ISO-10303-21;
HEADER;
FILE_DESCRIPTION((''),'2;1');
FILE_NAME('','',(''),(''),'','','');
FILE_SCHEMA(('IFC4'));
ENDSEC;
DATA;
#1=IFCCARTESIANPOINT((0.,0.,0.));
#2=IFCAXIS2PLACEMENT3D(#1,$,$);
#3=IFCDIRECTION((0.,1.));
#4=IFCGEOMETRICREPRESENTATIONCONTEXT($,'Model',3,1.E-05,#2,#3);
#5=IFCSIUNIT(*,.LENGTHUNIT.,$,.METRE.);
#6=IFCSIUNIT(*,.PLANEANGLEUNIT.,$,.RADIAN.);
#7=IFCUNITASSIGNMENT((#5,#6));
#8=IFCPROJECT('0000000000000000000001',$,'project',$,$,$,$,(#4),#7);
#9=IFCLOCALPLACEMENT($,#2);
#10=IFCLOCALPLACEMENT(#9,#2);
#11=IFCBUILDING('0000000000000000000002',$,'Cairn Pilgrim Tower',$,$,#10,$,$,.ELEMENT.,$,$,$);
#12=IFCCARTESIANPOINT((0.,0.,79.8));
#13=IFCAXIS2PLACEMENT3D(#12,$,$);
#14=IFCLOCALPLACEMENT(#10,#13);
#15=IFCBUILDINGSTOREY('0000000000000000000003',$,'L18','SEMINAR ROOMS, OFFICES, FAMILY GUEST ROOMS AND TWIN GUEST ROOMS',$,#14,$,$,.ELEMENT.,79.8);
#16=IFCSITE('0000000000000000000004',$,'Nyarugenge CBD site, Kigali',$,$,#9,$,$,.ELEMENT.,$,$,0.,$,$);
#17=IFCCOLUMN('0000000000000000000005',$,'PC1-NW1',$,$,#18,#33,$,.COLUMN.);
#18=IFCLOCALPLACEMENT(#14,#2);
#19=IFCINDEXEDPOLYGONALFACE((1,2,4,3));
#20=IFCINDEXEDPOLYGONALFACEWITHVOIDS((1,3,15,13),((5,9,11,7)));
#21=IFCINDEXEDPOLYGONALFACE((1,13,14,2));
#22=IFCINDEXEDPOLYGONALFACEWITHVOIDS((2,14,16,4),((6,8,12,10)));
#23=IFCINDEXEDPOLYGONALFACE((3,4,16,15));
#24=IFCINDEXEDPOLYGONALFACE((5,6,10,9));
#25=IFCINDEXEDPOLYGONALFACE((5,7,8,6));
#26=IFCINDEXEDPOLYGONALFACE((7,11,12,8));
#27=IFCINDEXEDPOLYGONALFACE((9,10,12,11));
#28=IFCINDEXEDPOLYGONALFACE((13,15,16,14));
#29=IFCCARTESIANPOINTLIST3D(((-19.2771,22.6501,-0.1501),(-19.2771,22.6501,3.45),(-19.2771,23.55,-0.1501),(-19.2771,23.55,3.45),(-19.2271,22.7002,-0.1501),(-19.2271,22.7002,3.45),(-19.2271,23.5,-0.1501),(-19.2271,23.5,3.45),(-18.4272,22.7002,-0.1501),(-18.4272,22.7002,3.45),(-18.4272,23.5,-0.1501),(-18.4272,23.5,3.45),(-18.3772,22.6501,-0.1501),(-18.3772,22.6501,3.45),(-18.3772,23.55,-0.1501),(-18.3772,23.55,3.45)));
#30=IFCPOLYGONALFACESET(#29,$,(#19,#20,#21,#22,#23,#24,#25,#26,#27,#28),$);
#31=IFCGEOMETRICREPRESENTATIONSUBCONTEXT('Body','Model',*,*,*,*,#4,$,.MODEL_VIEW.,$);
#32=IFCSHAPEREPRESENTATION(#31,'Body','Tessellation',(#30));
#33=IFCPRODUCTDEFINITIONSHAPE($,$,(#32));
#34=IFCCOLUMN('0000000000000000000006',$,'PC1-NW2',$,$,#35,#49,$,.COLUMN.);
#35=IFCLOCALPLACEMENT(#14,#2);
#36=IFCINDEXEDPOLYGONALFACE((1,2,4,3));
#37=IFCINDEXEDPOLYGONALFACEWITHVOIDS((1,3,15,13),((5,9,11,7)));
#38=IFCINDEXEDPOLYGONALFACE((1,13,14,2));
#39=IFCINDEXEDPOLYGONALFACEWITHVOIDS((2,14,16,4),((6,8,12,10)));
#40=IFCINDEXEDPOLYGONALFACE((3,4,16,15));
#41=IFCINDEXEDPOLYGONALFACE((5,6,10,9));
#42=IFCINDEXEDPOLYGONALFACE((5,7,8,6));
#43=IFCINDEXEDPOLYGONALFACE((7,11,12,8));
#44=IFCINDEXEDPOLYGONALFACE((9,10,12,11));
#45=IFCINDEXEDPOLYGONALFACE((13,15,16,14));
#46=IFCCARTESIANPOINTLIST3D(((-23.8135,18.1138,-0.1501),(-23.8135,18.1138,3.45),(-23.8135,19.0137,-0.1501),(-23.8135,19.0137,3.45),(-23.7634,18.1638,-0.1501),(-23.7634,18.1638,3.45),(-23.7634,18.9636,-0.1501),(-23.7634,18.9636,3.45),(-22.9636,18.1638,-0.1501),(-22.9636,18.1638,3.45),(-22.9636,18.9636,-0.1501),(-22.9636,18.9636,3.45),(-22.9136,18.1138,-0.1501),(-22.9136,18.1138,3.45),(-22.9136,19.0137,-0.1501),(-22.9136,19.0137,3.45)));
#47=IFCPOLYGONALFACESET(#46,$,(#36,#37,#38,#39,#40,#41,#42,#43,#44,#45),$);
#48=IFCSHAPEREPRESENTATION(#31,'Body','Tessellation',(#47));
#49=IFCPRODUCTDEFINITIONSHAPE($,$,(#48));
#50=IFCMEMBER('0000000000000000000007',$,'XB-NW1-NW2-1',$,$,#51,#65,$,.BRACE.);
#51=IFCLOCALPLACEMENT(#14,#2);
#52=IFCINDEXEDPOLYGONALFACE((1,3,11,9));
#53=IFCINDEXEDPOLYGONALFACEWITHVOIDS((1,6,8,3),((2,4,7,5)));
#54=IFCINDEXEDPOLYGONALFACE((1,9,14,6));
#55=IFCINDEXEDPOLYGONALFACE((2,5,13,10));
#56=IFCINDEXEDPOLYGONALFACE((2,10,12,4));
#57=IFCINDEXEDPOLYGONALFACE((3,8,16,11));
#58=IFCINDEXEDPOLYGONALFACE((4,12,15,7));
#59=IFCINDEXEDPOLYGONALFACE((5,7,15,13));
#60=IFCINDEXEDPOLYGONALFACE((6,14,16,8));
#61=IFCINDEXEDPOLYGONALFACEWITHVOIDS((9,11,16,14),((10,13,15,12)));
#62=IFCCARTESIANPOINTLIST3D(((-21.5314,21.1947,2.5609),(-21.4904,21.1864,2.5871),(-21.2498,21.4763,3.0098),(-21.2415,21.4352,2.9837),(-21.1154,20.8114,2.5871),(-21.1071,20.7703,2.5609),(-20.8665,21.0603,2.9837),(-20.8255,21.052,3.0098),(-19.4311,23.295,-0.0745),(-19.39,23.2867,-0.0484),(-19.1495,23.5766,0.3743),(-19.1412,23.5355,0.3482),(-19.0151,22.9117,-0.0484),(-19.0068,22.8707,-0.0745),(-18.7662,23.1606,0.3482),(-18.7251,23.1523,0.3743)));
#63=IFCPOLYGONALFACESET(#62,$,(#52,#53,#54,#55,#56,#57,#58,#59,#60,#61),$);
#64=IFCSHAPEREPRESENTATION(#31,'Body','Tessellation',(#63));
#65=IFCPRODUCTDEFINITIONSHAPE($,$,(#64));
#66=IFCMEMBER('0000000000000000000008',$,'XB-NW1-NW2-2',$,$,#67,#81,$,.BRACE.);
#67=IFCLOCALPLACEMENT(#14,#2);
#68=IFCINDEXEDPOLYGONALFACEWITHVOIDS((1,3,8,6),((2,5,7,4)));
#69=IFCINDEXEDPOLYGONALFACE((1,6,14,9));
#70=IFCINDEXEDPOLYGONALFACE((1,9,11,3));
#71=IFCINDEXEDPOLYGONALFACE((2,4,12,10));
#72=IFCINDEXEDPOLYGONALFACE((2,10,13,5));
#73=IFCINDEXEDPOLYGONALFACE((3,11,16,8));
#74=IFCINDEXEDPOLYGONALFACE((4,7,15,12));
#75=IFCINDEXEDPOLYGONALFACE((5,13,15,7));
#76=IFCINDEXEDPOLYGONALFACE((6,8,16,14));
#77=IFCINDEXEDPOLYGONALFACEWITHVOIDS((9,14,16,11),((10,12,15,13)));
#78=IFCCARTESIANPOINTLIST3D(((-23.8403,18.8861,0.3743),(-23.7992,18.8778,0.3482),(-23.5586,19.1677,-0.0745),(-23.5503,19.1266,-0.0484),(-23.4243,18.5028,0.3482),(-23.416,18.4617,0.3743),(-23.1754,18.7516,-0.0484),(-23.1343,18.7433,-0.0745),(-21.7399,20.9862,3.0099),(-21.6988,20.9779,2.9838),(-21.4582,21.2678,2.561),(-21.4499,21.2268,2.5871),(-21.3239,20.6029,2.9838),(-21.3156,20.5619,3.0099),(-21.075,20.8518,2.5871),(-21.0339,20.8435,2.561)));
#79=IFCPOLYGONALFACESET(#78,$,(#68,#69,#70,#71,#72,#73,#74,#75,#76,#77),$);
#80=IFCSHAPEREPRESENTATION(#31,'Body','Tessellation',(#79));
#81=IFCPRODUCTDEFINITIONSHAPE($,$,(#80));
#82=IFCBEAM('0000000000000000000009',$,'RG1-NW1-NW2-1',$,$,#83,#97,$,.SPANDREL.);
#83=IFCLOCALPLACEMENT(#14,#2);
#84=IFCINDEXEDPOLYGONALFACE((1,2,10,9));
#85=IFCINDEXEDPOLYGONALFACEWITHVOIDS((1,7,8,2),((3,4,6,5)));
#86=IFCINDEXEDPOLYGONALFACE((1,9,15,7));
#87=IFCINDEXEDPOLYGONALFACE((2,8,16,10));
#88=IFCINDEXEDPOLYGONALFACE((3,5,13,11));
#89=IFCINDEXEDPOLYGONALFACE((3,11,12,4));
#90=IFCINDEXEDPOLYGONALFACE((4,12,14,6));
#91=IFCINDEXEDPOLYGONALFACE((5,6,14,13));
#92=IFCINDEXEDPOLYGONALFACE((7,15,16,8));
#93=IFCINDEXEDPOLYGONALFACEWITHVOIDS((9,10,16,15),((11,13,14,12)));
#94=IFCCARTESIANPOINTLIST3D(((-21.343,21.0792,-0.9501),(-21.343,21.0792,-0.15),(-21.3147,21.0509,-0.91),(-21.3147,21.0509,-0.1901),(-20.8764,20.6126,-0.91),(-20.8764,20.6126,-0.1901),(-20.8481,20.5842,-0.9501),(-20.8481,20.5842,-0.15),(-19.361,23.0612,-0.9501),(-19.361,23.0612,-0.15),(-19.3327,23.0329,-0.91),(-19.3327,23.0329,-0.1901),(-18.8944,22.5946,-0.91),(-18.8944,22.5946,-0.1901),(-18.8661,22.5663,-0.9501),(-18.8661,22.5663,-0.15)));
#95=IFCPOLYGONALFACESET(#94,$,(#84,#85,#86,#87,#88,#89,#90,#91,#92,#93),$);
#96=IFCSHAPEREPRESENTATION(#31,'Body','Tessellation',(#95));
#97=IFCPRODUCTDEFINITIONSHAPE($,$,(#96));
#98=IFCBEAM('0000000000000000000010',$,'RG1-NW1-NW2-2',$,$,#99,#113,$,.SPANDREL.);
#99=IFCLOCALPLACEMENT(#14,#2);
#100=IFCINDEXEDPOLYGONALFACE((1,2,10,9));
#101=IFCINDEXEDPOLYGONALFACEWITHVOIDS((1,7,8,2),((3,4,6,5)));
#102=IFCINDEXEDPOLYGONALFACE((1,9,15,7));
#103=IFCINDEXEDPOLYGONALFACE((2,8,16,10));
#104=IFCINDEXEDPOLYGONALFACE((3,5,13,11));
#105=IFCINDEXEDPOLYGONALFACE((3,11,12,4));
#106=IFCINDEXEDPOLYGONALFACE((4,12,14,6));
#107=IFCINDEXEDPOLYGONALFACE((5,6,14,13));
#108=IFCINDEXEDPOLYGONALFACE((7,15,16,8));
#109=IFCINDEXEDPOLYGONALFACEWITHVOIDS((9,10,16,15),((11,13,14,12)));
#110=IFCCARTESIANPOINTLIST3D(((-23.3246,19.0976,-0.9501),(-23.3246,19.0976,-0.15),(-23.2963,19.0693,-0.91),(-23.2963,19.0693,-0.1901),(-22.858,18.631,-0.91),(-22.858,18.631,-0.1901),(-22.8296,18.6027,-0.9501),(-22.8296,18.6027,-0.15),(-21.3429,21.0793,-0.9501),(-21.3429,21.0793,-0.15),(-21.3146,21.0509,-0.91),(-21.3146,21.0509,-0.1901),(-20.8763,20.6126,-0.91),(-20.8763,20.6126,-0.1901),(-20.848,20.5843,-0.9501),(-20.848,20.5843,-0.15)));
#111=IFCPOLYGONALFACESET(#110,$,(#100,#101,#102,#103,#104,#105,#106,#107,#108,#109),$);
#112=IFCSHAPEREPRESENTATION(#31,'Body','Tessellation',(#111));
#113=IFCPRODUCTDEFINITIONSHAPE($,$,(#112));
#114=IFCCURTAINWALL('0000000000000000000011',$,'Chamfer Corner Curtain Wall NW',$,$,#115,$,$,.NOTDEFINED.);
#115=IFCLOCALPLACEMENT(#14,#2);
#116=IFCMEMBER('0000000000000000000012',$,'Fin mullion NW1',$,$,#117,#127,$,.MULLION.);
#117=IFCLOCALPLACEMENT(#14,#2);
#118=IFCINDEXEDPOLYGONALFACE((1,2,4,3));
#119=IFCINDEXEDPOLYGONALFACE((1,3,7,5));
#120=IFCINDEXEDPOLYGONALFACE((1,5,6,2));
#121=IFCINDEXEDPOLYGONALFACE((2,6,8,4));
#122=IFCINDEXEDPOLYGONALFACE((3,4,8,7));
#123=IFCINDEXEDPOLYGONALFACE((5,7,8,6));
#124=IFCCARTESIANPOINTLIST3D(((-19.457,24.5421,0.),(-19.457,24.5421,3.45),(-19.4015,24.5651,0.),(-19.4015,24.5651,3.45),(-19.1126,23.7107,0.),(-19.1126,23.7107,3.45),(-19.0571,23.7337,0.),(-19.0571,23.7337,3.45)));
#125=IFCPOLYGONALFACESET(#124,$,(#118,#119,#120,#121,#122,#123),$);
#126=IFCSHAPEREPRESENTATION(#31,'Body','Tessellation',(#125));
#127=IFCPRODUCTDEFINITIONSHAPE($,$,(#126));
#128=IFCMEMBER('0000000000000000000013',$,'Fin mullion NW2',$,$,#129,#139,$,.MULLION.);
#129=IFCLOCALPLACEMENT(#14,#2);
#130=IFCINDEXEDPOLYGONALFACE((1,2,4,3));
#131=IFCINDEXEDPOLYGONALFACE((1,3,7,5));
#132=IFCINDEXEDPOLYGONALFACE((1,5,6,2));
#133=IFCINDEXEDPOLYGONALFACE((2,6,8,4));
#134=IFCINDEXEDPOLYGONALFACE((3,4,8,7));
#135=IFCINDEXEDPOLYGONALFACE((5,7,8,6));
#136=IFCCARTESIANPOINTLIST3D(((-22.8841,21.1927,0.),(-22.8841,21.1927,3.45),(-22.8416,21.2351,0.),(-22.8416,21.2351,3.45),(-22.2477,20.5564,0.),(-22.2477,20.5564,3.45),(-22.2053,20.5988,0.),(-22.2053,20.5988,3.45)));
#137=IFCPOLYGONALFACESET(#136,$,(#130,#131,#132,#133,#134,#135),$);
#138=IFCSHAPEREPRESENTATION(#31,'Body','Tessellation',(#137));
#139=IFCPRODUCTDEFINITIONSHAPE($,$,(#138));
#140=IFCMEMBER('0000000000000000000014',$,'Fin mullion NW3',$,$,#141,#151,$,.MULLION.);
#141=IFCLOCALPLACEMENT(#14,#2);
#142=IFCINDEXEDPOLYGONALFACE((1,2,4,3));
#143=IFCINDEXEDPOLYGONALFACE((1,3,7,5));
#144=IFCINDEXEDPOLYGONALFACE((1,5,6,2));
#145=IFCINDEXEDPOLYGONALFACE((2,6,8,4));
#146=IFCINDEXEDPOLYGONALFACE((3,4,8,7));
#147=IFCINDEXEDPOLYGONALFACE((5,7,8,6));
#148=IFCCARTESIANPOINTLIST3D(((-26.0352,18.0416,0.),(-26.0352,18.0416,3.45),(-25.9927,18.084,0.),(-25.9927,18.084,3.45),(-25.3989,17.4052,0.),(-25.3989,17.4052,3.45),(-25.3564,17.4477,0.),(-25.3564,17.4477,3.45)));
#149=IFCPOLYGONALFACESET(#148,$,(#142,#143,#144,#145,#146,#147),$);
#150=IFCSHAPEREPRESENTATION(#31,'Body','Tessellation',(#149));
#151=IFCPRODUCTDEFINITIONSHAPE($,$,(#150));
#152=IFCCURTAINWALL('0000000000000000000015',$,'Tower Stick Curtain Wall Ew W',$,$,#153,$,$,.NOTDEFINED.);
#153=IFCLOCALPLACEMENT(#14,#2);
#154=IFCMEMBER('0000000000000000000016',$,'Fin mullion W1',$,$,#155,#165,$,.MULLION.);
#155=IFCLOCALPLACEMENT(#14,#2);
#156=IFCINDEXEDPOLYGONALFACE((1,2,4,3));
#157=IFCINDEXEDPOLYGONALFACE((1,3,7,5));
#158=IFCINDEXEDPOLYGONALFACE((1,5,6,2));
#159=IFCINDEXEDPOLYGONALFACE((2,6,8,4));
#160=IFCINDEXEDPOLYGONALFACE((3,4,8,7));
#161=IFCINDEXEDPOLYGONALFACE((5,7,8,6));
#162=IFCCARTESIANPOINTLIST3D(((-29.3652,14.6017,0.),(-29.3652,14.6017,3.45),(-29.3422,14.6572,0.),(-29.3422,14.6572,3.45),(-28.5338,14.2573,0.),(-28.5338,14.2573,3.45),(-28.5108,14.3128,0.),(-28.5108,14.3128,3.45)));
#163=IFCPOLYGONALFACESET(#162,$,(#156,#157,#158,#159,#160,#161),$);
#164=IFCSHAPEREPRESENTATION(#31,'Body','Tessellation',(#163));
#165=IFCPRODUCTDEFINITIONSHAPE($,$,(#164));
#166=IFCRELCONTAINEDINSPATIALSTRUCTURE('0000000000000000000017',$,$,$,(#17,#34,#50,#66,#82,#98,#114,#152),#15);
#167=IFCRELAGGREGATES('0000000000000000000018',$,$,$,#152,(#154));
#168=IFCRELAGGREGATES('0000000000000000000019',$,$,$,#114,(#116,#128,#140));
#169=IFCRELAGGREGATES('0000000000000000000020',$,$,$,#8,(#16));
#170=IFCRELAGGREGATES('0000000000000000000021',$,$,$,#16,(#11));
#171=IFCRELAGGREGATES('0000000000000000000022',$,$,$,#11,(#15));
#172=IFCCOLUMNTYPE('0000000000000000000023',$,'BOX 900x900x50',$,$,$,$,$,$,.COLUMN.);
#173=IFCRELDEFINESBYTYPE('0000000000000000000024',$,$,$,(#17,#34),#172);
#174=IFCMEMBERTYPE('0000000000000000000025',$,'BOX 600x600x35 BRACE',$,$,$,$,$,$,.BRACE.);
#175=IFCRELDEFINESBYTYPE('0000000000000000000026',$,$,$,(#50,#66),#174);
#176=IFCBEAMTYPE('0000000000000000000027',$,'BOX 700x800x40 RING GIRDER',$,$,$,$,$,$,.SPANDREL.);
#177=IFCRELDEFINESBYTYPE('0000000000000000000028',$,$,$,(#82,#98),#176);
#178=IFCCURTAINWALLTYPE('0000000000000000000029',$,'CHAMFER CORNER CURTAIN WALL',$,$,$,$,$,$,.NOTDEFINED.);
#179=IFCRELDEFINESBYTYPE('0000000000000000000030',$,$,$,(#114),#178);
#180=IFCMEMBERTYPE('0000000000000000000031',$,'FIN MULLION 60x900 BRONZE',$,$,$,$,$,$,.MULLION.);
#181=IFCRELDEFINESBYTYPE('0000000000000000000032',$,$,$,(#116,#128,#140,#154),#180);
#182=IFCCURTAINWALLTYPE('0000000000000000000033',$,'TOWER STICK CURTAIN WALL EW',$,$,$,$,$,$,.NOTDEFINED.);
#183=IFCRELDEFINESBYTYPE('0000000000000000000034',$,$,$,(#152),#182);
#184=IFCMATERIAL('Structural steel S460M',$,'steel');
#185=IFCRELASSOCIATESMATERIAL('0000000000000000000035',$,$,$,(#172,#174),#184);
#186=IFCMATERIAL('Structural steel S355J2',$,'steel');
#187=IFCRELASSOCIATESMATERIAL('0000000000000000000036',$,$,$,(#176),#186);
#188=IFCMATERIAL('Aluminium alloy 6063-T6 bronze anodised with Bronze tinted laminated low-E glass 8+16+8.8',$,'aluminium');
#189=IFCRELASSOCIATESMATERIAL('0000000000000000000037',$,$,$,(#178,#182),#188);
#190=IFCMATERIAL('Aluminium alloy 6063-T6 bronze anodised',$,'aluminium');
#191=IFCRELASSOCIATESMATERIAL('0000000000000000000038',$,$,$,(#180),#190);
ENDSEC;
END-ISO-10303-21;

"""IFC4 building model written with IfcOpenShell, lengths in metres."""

from ifc_helpers import new_model, si_unit, direction, frame, origin, origin_2d, place, context, subcontext, project, spatial, rectangle, hollow_rectangle, extrude, material, material_profile, profile_set, type_object, element, aggregate, save


model = new_model("IFC4")

# Units and contexts
model_context = context("Model", 3, precision=1e-05, world=origin(), true_north=direction((0.0, 1.0)))
body_context = subcontext(model_context, "Body", "Model", "MODEL_VIEW")
ifc_project = project(units=[si_unit("LENGTHUNIT", "METRE"), si_unit("PLANEANGLEUNIT", "RADIAN")], contexts=[model_context])

# Site, building, storey
site_placement = place(None, origin())
site = spatial("IfcSite", under=ifc_project, at=site_placement, Name="Nyarugenge CBD site, Kigali", CompositionType="ELEMENT", RefElevation=0.0)
building_placement = place(site_placement, origin())
building = spatial("IfcBuilding", under=site, at=building_placement, Name="Cairn Pilgrim Tower", CompositionType="ELEMENT")
storey_placement = place(building_placement, frame((0.0, 0.0, 79.8)))
storey = spatial("IfcBuildingStorey", under=building, at=storey_placement, Name="L18", Description="SEMINAR ROOMS, OFFICES, FAMILY GUEST ROOMS AND TWIN GUEST ROOMS", CompositionType="ELEMENT", Elevation=79.8)

# Columns
ifc_material_1 = material(Name="Structural steel S460M", Category="steel")
ifc_material_profile_1 = material_profile(ifc_material_1, hollow_rectangle(XDim=0.8999, YDim=0.8999, WallThickness=0.05, at=origin_2d()), Name="BOX 900x900x50")
ifc_profile_set_1 = profile_set([ifc_material_profile_1], Name="Structural steel S460M")
column_type = type_object("IfcColumnType", Name="BOX 900x900x50", PredefinedType="COLUMN", material=ifc_profile_set_1)
for number, where, z_axis, x_axis, name in (
    (1, (-18.8271, 23.1001, -0.1501), (0.0, 0.0, 1.0), (1.0, 0.0, 0.0), "PC1-NW1"),
    (2, (-23.3635, 18.5637, -0.1501), (0.0, 0.0, 1.0), (1.0, 0.0, 0.0), "PC1-NW2"),
):
    element("IfcColumn", number, at=place(storey_placement, frame(where, z_axis=z_axis, x_axis=x_axis)), inside=storey, type_object=column_type, Name=name, PredefinedType="COLUMN", context=body_context, shape_type="SweptSolid", body=[
        extrude(hollow_rectangle(XDim=0.8999, YDim=0.8999, WallThickness=0.05, at=origin_2d()), origin(), (0.0, 0.0, 1.0), 3.6001),
    ])

# Members
ifc_material_profile_2 = material_profile(ifc_material_1, hollow_rectangle(XDim=0.6001, YDim=0.6001, WallThickness=0.0349, at=origin_2d()), Name="BOX 600x600x35")
ifc_profile_set_2 = profile_set([ifc_material_profile_2], Name="Structural steel S460M")
member_type_1 = type_object("IfcMemberType", Name="BOX 600x600x35 BRACE", PredefinedType="BRACE", material=ifc_profile_set_2)
for number, where, z_axis, x_axis, name in (
    (3, (-19.0781, 23.2236, 0.1499), (-0.528922, -0.528922, 0.663689), (0.707107, -0.707107, 0.0), "XB-NW1-NW2-1"),
    (4, (-23.4873, 18.8147, 0.1499), (0.528939, 0.528878, 0.66371), (-0.707066, 0.707148, 0.0), "XB-NW1-NW2-2"),
):
    element("IfcMember", number, at=place(storey_placement, frame(where, z_axis=z_axis, x_axis=x_axis)), inside=storey, type_object=member_type_1, Name=name, PredefinedType="BRACE", context=body_context, shape_type="SweptSolid", body=[
        extrude(hollow_rectangle(XDim=0.6001, YDim=0.6001, WallThickness=0.0349, at=origin_2d()), origin(), (0.0, 0.0, 1.0), 3.9709),
    ])

# Beams
ifc_material_2 = material(Name="Structural steel S355J2", Category="steel")
ifc_material_profile_3 = material_profile(ifc_material_2, hollow_rectangle(XDim=0.7, YDim=0.8, WallThickness=0.04, at=origin_2d()), Name="BOX 700x800x40")
ifc_profile_set_3 = profile_set([ifc_material_profile_3], Name="Structural steel S355J2")
beam_type_1 = type_object("IfcBeamType", Name="BOX 700x800x40 RING GIRDER", PredefinedType="SPANDREL", material=ifc_profile_set_3)
beam_1_placement = place(storey_placement, frame((-19.1135, 22.8137, -0.55), z_axis=(-0.707107, -0.707107, 0.0), x_axis=(0.707107, -0.707107, 0.0)))
element("IfcBeam", 5, at=beam_1_placement, inside=storey, type_object=beam_type_1, Name="RG1-NW1-NW2-1", PredefinedType="SPANDREL", context=body_context, shape_type="SweptSolid", body=[
    extrude(hollow_rectangle(XDim=0.7, YDim=0.8, WallThickness=0.04, at=origin_2d()), origin(), (0.0, 0.0, 1.0), 2.803),
])
beam_2_placement = place(storey_placement, frame((-21.0955, 20.8318, -0.55), z_axis=(-0.707107, -0.707107, 0.0), x_axis=(0.707107, -0.707107, 0.0)))
element("IfcBeam", 6, at=beam_2_placement, inside=storey, type_object=beam_type_1, Name="RG1-NW1-NW2-2", PredefinedType="SPANDREL", context=body_context, shape_type="SweptSolid", body=[
    extrude(hollow_rectangle(XDim=0.7, YDim=0.8, WallThickness=0.04, at=origin_2d()), origin(), (0.0, 0.0, 1.0), 2.8025),
])

# Curtain wall, members
ifc_material_3 = material(Name="Aluminium alloy 6063-T6 bronze anodised with Bronze tinted laminated low-E glass 8+16+8.8", Category="aluminium")
curtain_wall_type_1 = type_object("IfcCurtainWallType", Name="CHAMFER CORNER CURTAIN WALL", PredefinedType="NOTDEFINED", material=ifc_material_3)
curtain_wall_1_placement = place(storey_placement, origin())
curtain_wall_1 = element("IfcCurtainWall", 7, at=curtain_wall_1_placement, inside=storey, type_object=curtain_wall_type_1, Name="Chamfer Corner Curtain Wall NW", PredefinedType="NOTDEFINED")
ifc_material_4 = material(Name="Aluminium alloy 6063-T6 bronze anodised", Category="aluminium")
ifc_material_profile_4 = material_profile(ifc_material_4, rectangle(XDim=0.8999, YDim=0.0601, at=origin_2d()), Name="FIN MULLION 60x900 BRONZE")
ifc_profile_set_4 = profile_set([ifc_material_profile_4], Name="Aluminium alloy 6063-T6 bronze anodised")
member_type_2 = type_object("IfcMemberType", Name="FIN MULLION 60x900 BRONZE", PredefinedType="MULLION", material=ifc_profile_set_4)
member_1_placement = place(storey_placement, frame((-19.2571, 24.1379, 0.0), z_axis=(0.0, 0.0, 1.0), x_axis=(-0.382683, 0.92388, 0.0)))
member_1 = element("IfcMember", 8, at=member_1_placement, type_object=member_type_2, Name="Fin mullion NW1", PredefinedType="MULLION", context=body_context, shape_type="SweptSolid", body=[
    extrude(rectangle(XDim=0.8999, YDim=0.0601, at=origin_2d()), origin(), (0.0, 0.0, 1.0), 3.45),
])
member_2_placement = place(storey_placement, frame((-22.5447, 20.8958, 0.0), z_axis=(0.0, 0.0, 1.0), x_axis=(-0.707107, 0.707107, 0.0)))
member_2 = element("IfcMember", 9, at=member_2_placement, type_object=member_type_2, Name="Fin mullion NW2", PredefinedType="MULLION", context=body_context, shape_type="SweptSolid", body=[
    extrude(rectangle(XDim=0.8999, YDim=0.0601, at=origin_2d()), origin(), (0.0, 0.0, 1.0), 3.45),
])
member_3_placement = place(storey_placement, frame((-25.6958, 17.7446, 0.0), z_axis=(0.0, 0.0, 1.0), x_axis=(-0.707107, 0.707107, 0.0)))
member_3 = element("IfcMember", 10, at=member_3_placement, type_object=member_type_2, Name="Fin mullion NW3", PredefinedType="MULLION", context=body_context, shape_type="SweptSolid", body=[
    extrude(rectangle(XDim=0.8999, YDim=0.0601, at=origin_2d()), origin(), (0.0, 0.0, 1.0), 3.45),
])

# Curtain wall, member
curtain_wall_type_2 = type_object("IfcCurtainWallType", Name="TOWER STICK CURTAIN WALL EW", PredefinedType="NOTDEFINED", material=ifc_material_3)
curtain_wall_2_placement = place(storey_placement, origin())
curtain_wall_2 = element("IfcCurtainWall", 11, at=curtain_wall_2_placement, inside=storey, type_object=curtain_wall_type_2, Name="Tower Stick Curtain Wall Ew W", PredefinedType="NOTDEFINED")
member_4_placement = place(storey_placement, frame((-28.938, 14.4573, 0.0), z_axis=(0.0, 0.0, 1.0), x_axis=(-0.92388, 0.382683, 0.0)))
member_4 = element("IfcMember", 12, at=member_4_placement, type_object=member_type_2, Name="Fin mullion W1", PredefinedType="MULLION", context=body_context, shape_type="SweptSolid", body=[
    extrude(rectangle(XDim=0.8999, YDim=0.0601, at=origin_2d()), origin(), (0.0, 0.0, 1.0), 3.45),
])

aggregate(curtain_wall_2, [member_4])

aggregate(curtain_wall_1, [member_1, member_2, member_3])

save(model, "model.ifc")
